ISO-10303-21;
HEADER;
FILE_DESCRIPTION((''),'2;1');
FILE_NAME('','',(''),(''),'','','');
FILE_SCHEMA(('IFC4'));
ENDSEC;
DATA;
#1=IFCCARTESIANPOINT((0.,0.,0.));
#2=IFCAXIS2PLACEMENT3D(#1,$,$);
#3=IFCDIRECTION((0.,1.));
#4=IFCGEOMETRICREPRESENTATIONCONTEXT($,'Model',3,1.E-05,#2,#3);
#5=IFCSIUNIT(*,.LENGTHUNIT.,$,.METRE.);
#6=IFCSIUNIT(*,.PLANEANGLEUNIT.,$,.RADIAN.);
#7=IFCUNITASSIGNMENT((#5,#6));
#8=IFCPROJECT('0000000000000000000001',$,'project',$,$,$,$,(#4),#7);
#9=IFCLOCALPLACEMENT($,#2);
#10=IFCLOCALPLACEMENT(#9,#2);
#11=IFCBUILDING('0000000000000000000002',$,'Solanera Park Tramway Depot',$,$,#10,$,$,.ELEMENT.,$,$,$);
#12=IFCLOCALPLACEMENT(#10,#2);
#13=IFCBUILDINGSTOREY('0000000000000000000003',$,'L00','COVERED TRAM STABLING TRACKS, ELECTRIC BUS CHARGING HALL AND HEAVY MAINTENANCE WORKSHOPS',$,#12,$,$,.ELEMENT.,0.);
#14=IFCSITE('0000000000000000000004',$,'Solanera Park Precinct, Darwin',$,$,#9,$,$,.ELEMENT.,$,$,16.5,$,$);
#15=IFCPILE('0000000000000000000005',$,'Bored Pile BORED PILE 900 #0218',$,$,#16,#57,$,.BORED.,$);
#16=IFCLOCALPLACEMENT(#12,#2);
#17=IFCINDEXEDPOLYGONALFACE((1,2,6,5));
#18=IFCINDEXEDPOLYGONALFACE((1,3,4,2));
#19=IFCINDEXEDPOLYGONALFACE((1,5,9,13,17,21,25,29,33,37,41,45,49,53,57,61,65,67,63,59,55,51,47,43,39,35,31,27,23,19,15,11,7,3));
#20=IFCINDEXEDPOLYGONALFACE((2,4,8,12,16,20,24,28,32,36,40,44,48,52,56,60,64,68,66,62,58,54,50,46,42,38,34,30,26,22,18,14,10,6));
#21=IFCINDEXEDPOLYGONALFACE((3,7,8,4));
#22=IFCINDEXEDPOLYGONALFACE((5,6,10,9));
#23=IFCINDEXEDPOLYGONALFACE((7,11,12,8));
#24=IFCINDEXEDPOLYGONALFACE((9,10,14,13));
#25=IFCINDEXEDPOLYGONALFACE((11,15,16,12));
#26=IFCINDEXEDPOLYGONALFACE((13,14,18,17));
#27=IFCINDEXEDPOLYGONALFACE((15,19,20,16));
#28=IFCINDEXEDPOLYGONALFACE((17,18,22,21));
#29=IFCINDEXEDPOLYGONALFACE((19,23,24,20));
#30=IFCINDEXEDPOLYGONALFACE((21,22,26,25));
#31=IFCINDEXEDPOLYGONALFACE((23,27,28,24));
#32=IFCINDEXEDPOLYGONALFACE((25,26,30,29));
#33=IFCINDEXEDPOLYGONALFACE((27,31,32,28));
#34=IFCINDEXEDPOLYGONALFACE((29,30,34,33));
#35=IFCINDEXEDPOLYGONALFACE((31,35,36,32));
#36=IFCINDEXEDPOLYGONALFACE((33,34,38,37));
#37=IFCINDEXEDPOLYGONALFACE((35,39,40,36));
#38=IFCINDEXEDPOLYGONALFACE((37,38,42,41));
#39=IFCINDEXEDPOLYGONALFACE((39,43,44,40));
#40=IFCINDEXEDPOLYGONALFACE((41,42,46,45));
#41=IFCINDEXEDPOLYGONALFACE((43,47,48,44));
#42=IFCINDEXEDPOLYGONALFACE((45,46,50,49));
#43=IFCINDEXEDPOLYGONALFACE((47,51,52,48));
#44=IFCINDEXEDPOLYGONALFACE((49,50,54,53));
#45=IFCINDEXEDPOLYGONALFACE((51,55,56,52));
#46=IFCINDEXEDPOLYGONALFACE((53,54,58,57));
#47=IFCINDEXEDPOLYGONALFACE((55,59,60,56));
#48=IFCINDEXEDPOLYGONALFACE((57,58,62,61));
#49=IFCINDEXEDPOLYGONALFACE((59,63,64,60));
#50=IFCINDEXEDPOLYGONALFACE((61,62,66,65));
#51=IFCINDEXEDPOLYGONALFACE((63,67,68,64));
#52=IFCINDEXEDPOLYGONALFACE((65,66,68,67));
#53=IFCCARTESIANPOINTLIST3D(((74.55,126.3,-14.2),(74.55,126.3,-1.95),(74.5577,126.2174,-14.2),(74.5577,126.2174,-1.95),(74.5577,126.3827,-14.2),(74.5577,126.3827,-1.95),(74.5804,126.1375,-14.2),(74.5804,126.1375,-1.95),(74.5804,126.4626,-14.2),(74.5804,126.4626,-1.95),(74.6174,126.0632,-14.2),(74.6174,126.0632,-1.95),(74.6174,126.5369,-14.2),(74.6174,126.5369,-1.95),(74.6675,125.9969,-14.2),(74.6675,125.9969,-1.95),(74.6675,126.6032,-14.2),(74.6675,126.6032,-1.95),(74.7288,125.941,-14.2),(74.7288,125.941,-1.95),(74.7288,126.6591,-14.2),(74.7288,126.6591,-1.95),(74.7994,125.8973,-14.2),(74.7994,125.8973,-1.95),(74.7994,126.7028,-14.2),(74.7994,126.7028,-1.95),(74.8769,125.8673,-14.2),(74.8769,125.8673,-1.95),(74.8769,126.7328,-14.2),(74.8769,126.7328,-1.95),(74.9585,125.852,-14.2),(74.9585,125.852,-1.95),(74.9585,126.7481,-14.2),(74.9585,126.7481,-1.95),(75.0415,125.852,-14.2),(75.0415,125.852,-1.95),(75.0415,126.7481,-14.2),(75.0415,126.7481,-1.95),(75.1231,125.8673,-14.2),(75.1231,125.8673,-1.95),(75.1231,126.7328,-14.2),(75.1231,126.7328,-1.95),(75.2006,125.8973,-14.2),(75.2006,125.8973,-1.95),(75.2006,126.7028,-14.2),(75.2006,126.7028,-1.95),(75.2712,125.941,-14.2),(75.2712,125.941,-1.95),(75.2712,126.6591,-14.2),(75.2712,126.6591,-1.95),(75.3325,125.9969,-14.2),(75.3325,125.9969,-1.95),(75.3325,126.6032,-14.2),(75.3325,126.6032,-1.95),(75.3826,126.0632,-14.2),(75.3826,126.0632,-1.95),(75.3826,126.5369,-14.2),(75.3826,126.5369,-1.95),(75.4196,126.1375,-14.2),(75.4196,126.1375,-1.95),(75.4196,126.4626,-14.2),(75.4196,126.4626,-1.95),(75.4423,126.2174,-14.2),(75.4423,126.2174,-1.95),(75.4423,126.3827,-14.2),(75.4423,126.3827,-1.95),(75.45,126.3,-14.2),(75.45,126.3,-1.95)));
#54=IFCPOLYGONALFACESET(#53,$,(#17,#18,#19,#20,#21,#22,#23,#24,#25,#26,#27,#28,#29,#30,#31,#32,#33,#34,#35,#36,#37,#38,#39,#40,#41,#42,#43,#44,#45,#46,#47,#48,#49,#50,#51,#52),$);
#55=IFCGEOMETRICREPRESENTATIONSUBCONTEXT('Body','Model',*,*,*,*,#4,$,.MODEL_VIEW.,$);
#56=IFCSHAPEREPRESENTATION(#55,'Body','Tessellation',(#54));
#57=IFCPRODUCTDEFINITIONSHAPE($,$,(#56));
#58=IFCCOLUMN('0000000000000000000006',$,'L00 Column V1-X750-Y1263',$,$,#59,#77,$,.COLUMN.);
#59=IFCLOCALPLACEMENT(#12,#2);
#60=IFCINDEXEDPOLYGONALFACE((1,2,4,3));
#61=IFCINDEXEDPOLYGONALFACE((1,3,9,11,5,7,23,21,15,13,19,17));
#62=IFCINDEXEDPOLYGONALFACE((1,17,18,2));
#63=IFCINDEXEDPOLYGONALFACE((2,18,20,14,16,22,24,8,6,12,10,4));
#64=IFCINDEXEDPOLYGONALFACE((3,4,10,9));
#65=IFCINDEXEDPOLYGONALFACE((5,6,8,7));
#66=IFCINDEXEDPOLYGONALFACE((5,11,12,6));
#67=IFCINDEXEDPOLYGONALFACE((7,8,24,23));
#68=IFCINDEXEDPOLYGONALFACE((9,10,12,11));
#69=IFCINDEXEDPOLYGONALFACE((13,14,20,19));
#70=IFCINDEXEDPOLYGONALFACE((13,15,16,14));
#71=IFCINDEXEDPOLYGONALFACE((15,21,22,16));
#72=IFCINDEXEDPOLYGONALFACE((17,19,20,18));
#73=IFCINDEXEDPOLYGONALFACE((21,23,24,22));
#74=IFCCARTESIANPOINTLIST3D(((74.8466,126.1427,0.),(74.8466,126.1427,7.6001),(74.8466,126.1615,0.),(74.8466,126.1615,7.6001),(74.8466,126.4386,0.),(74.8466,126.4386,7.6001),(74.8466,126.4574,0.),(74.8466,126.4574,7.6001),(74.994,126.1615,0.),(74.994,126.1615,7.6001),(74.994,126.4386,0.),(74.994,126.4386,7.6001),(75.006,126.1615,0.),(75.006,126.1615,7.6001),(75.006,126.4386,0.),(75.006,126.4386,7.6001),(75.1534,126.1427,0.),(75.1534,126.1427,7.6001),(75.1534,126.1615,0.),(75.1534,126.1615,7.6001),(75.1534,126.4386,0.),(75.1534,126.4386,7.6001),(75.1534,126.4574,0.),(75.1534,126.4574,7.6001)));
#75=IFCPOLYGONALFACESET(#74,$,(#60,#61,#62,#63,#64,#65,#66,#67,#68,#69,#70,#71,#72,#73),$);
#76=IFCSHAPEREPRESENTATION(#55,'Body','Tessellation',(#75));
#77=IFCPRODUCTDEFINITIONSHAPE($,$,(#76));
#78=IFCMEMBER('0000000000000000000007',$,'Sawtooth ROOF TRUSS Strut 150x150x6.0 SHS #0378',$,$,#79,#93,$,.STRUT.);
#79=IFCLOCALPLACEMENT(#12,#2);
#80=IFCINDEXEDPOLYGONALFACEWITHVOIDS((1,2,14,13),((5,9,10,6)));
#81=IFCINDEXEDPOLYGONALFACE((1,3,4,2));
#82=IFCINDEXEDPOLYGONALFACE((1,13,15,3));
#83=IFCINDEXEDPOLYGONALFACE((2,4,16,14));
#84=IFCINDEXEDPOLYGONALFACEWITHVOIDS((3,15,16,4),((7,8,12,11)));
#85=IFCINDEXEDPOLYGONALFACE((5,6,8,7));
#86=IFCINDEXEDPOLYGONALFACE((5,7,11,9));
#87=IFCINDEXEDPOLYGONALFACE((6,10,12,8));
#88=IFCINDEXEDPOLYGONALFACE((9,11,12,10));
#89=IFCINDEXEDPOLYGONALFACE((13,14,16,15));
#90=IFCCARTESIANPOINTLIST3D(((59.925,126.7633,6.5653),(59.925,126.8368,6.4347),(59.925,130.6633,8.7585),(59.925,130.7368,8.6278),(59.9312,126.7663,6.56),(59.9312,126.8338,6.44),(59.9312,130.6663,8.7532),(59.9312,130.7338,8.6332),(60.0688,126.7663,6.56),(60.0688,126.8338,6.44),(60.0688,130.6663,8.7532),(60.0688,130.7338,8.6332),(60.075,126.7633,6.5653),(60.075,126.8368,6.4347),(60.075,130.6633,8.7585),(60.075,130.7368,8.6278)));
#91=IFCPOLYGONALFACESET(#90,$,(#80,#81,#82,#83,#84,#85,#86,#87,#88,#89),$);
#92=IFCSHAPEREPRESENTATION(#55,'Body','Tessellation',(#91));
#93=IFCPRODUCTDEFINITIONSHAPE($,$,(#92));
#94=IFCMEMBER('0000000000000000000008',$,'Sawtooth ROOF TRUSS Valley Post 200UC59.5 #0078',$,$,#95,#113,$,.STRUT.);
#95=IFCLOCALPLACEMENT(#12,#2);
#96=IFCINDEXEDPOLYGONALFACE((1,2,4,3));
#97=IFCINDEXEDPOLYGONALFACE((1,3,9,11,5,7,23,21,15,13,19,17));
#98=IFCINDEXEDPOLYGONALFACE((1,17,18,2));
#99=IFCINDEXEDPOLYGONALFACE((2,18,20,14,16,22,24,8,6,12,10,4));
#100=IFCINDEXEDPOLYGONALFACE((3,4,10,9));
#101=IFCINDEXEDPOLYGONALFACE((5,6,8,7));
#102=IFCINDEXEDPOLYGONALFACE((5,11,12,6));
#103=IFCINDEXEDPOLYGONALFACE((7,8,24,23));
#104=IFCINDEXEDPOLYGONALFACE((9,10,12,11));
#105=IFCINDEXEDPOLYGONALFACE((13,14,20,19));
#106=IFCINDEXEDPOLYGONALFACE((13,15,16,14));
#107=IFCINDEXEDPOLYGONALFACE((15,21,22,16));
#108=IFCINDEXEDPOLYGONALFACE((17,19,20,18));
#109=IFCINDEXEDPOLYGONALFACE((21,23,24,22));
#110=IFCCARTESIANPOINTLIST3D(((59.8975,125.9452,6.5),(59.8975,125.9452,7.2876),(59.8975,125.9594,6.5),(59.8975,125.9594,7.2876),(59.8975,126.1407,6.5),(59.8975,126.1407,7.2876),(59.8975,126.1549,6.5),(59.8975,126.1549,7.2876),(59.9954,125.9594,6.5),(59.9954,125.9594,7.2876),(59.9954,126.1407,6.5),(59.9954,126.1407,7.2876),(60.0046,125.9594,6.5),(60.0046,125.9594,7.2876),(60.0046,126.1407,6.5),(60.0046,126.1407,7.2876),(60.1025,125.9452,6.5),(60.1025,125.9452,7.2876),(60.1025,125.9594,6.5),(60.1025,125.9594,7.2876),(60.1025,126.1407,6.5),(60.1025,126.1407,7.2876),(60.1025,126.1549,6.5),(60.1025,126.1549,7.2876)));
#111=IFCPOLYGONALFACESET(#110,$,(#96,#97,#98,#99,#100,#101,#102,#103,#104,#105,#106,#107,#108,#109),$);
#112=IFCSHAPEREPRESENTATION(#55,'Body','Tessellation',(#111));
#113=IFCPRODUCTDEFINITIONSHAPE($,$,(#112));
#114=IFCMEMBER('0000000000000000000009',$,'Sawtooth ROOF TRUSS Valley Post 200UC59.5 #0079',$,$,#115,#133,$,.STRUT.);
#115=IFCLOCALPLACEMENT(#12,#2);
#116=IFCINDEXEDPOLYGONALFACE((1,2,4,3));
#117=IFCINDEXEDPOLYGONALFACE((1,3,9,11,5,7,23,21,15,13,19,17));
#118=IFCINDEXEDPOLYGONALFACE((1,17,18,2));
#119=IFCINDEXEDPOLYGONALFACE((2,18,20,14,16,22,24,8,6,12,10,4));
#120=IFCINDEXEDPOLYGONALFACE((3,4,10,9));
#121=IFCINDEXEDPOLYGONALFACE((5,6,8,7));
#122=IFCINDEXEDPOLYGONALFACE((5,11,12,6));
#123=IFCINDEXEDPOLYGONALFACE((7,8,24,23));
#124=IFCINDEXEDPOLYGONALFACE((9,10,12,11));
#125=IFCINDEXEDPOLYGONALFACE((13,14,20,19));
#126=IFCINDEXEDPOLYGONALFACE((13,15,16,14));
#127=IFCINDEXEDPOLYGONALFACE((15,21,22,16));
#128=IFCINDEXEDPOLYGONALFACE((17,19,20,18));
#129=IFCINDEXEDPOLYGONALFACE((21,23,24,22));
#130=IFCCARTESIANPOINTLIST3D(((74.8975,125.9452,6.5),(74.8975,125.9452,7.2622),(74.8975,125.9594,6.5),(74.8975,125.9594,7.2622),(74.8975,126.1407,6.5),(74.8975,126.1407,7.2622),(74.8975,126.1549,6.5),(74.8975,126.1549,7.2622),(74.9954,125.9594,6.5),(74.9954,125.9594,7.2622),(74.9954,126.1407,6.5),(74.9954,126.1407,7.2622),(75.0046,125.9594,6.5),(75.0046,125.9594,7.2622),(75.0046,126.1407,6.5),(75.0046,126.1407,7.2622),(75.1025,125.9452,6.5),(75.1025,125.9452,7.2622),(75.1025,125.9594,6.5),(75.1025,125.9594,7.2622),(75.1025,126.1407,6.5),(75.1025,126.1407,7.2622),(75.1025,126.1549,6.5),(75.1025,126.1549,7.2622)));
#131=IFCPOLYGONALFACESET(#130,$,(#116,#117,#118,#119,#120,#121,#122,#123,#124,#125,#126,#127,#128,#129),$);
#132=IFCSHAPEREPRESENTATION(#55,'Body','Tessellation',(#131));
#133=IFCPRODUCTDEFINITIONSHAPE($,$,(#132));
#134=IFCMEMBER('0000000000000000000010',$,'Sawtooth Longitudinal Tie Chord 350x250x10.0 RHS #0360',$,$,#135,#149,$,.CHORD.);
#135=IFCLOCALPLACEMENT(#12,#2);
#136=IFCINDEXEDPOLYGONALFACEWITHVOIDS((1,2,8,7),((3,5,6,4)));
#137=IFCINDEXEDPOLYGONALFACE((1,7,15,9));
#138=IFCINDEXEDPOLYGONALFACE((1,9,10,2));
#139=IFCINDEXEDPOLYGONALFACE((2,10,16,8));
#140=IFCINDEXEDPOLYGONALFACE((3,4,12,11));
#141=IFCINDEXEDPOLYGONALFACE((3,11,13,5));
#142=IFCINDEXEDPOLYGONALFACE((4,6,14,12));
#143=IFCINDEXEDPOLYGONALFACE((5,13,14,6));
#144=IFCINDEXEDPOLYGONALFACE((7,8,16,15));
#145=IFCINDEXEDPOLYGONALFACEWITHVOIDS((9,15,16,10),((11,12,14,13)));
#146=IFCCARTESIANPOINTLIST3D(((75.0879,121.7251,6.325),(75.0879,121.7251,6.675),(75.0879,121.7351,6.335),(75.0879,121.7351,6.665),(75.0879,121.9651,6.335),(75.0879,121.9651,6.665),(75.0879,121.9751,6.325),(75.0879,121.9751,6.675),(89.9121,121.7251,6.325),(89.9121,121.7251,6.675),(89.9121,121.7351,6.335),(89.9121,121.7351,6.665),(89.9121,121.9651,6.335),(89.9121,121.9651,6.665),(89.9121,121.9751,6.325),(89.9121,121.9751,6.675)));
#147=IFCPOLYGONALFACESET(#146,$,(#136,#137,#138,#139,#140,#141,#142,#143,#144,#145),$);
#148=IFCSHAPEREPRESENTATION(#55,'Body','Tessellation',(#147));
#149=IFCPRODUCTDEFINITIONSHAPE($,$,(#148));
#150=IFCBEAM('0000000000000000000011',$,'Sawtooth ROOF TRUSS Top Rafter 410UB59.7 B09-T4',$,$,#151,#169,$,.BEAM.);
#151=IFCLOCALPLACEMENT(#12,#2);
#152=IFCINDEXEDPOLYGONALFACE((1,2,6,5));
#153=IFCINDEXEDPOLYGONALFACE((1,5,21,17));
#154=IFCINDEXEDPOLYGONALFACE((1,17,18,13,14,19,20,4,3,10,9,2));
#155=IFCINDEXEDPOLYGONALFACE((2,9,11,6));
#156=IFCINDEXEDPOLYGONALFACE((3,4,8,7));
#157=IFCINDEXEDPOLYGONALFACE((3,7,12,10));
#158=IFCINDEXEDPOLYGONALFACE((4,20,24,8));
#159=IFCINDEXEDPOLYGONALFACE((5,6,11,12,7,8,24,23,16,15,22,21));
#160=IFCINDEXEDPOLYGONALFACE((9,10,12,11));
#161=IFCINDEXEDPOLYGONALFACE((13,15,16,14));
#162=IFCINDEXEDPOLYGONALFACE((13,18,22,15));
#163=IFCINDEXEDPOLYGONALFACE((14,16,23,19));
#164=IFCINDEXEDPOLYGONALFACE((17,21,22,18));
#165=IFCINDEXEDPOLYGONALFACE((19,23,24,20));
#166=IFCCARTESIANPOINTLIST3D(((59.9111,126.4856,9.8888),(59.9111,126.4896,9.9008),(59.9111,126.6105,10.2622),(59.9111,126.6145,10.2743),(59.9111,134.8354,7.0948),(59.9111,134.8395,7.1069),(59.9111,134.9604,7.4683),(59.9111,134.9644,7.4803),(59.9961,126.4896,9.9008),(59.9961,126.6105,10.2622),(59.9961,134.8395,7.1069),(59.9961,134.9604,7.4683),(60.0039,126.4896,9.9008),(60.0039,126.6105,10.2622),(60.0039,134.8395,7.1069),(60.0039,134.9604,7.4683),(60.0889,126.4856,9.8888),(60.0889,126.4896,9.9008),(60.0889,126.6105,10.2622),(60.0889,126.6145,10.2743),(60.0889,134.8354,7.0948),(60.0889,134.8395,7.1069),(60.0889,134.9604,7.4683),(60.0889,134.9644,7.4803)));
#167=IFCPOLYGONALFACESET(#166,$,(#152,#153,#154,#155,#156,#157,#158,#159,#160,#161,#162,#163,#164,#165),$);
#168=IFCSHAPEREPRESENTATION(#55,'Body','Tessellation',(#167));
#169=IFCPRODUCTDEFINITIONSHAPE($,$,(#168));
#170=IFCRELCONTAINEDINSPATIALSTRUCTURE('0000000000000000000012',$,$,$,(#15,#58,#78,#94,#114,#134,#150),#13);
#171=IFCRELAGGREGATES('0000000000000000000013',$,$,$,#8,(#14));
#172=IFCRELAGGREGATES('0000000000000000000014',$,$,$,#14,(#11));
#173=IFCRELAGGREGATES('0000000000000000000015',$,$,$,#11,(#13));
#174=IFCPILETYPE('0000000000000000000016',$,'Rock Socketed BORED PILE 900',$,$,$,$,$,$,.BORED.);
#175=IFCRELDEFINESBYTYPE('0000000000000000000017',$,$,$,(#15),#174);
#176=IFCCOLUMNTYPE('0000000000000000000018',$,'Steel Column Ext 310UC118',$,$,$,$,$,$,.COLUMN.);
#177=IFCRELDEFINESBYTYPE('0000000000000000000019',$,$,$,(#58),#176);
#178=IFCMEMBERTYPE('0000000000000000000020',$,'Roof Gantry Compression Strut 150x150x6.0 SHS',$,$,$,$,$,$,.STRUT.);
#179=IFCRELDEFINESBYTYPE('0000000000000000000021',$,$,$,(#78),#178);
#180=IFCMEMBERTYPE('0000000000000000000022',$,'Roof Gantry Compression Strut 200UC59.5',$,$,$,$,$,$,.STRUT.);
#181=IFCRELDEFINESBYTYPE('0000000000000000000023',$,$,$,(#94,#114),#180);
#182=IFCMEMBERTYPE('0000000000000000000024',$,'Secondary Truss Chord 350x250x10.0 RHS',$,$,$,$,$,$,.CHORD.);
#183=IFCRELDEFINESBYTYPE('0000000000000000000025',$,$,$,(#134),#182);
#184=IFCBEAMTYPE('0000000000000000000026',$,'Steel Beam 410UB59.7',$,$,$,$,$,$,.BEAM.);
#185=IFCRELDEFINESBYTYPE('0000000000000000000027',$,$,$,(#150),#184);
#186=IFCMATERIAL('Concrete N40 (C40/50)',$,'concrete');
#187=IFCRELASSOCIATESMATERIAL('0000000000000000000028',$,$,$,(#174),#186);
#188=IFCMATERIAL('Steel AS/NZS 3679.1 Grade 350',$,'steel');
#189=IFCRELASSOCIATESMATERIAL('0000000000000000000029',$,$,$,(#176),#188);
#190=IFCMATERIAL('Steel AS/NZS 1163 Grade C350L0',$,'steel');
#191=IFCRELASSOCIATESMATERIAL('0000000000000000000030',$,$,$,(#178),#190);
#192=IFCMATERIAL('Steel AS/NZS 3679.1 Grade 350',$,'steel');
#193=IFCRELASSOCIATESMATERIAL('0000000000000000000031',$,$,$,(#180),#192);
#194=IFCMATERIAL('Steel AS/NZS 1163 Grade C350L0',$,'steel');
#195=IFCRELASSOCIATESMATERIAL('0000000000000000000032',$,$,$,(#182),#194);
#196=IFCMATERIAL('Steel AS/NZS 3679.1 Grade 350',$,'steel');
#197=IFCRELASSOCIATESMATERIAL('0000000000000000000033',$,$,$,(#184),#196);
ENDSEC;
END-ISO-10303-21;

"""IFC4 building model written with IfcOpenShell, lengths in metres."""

from ifc_helpers import new_model, si_unit, direction, frame, origin, origin_2d, place, context, subcontext, project, spatial, hollow_rectangle, circle, i_section, extrude, material, material_profile, profile_set, type_object, element, save


model = new_model("IFC4")

# Units and contexts
model_context = context("Model", 3, precision=1e-05, world=origin(), true_north=direction((0.0, 1.0)))
body_context = subcontext(model_context, "Body", "Model", "MODEL_VIEW")
ifc_project = project(units=[si_unit("LENGTHUNIT", "METRE"), si_unit("PLANEANGLEUNIT", "RADIAN")], contexts=[model_context])

# Site, building, storey
site_placement = place(None, origin())
site = spatial("IfcSite", under=ifc_project, at=site_placement, Name="Solanera Park Precinct, Darwin", CompositionType="ELEMENT", RefElevation=16.5)
building_placement = place(site_placement, origin())
building = spatial("IfcBuilding", under=site, at=building_placement, Name="Solanera Park Tramway Depot", CompositionType="ELEMENT")
storey_placement = place(building_placement, origin())
storey = spatial("IfcBuildingStorey", under=building, at=storey_placement, Name="L00", Description="COVERED TRAM STABLING TRACKS, ELECTRIC BUS CHARGING HALL AND HEAVY MAINTENANCE WORKSHOPS", CompositionType="ELEMENT", Elevation=0.0)

# Pile
ifc_material_1 = material(Name="Concrete N40 (C40/50)", Category="concrete")
ifc_material_profile_1 = material_profile(ifc_material_1, circle(Radius=0.45, at=origin_2d()), Name="BORED PILE 900")
ifc_profile_set_1 = profile_set([ifc_material_profile_1], Name="Concrete N40 (C40/50)")
pile_type = type_object("IfcPileType", Name="Rock Socketed BORED PILE 900", PredefinedType="BORED", material=ifc_profile_set_1)
pile_placement = place(storey_placement, frame((75.0, 126.3, -1.95), z_axis=(0.0, 0.0, -1.0), x_axis=(1.0, 0.0, 0.0)))
element("IfcPile", 1, at=pile_placement, inside=storey, type_object=pile_type, Name="Bored Pile BORED PILE 900 #0218", PredefinedType="BORED", context=body_context, shape_type="SweptSolid", body=[
    extrude(circle(Radius=0.45, at=origin_2d()), origin(), (0.0, 0.0, 1.0), 12.25),
])

# Column
ifc_material_2 = material(Name="Steel AS/NZS 3679.1 Grade 350", Category="steel")
ifc_material_profile_2 = material_profile(ifc_material_2, i_section(OverallWidth=0.3069, OverallDepth=0.3147, WebThickness=0.012, FlangeThickness=0.0188, at=origin_2d()), Name="310UC118")
ifc_profile_set_2 = profile_set([ifc_material_profile_2], Name="Steel AS/NZS 3679.1 Grade 350")
column_type = type_object("IfcColumnType", Name="Steel Column Ext 310UC118", PredefinedType="COLUMN", material=ifc_profile_set_2)
column_placement = place(storey_placement, frame((75.0, 126.3, 0.0), z_axis=(0.0, 0.0, 1.0), x_axis=(1.0, 0.0, 0.0)))
element("IfcColumn", 2, at=column_placement, inside=storey, type_object=column_type, Name="L00 Column V1-X750-Y1263", PredefinedType="COLUMN", context=body_context, shape_type="SweptSolid", body=[
    extrude(i_section(OverallWidth=0.3069, OverallDepth=0.3147, WebThickness=0.012, FlangeThickness=0.0188, at=origin_2d()), origin(), (0.0, 0.0, 1.0), 7.6001),
])

# Members
ifc_material_3 = material(Name="Steel AS/NZS 1163 Grade C350L0", Category="steel")
ifc_material_profile_3 = material_profile(ifc_material_3, hollow_rectangle(XDim=0.1499, YDim=0.1499, WallThickness=0.0061, at=origin_2d()), Name="150x150x6.0 SHS")
ifc_profile_set_3 = profile_set([ifc_material_profile_3], Name="Steel AS/NZS 1163 Grade C350L0")
member_type_1 = type_object("IfcMemberType", Name="Roof Gantry Compression Strut 150x150x6.0 SHS", PredefinedType="STRUT", material=ifc_profile_set_3)
member_1_placement = place(storey_placement, frame((60.0, 126.8, 6.5), z_axis=(0.0, 0.871631, 0.490163), x_axis=(-1.0, 0.0, 0.0)))
element("IfcMember", 3, at=member_1_placement, inside=storey, type_object=member_type_1, Name="Sawtooth ROOF TRUSS Strut 150x150x6.0 SHS #0378", PredefinedType="STRUT", context=body_context, shape_type="SweptSolid", body=[
    extrude(hollow_rectangle(XDim=0.1499, YDim=0.1499, WallThickness=0.0061, at=origin_2d()), origin(), (0.0, 0.0, 1.0), 4.4744),
])
ifc_material_4 = material(Name="Steel AS/NZS 3679.1 Grade 350", Category="steel")
ifc_material_profile_4 = material_profile(ifc_material_4, i_section(OverallWidth=0.2051, OverallDepth=0.2097, WebThickness=0.0093, FlangeThickness=0.0142, at=origin_2d()), Name="200UC59.5")
ifc_profile_set_4 = profile_set([ifc_material_profile_4], Name="Steel AS/NZS 3679.1 Grade 350")
member_type_2 = type_object("IfcMemberType", Name="Roof Gantry Compression Strut 200UC59.5", PredefinedType="STRUT", material=ifc_profile_set_4)
member_2_placement = place(storey_placement, frame((60.0, 126.05, 6.5), z_axis=(0.0, 0.0, 1.0), x_axis=(1.0, 0.0, 0.0)))
element("IfcMember", 4, at=member_2_placement, inside=storey, type_object=member_type_2, Name="Sawtooth ROOF TRUSS Valley Post 200UC59.5 #0078", PredefinedType="STRUT", context=body_context, shape_type="SweptSolid", body=[
    extrude(i_section(OverallWidth=0.2051, OverallDepth=0.2097, WebThickness=0.0093, FlangeThickness=0.0142, at=origin_2d()), origin(), (0.0, 0.0, 1.0), 0.7876),
])
member_3_placement = place(storey_placement, frame((75.0, 126.05, 6.5), z_axis=(0.0, 0.0, 1.0), x_axis=(1.0, 0.0, 0.0)))
element("IfcMember", 5, at=member_3_placement, inside=storey, type_object=member_type_2, Name="Sawtooth ROOF TRUSS Valley Post 200UC59.5 #0079", PredefinedType="STRUT", context=body_context, shape_type="SweptSolid", body=[
    extrude(i_section(OverallWidth=0.2051, OverallDepth=0.2097, WebThickness=0.0093, FlangeThickness=0.0142, at=origin_2d()), origin(), (0.0, 0.0, 1.0), 0.7622),
])
ifc_material_5 = material(Name="Steel AS/NZS 1163 Grade C350L0", Category="steel")
ifc_material_profile_5 = material_profile(ifc_material_5, hollow_rectangle(XDim=0.25, YDim=0.3501, WallThickness=0.01, at=origin_2d()), Name="350x250x10.0 RHS")
ifc_profile_set_5 = profile_set([ifc_material_profile_5], Name="Steel AS/NZS 1163 Grade C350L0")
member_type_3 = type_object("IfcMemberType", Name="Secondary Truss Chord 350x250x10.0 RHS", PredefinedType="CHORD", material=ifc_profile_set_5)
member_4_placement = place(storey_placement, frame((75.0879, 121.8501, 6.5), z_axis=(1.0, 0.0, 0.0), x_axis=(0.0, 1.0, 0.0)))
element("IfcMember", 6, at=member_4_placement, inside=storey, type_object=member_type_3, Name="Sawtooth Longitudinal Tie Chord 350x250x10.0 RHS #0360", PredefinedType="CHORD", context=body_context, shape_type="SweptSolid", body=[
    extrude(hollow_rectangle(XDim=0.25, YDim=0.3501, WallThickness=0.01, at=origin_2d()), origin(), (0.0, 0.0, 1.0), 14.8242),
])

# Beam
ifc_material_6 = material(Name="Steel AS/NZS 3679.1 Grade 350", Category="steel")
ifc_material_profile_6 = material_profile(ifc_material_6, i_section(OverallWidth=0.1777, OverallDepth=0.4065, WebThickness=0.0078, FlangeThickness=0.0127, at=origin_2d()), Name="410UB59.7")
ifc_profile_set_6 = profile_set([ifc_material_profile_6], Name="Steel AS/NZS 3679.1 Grade 350")
beam_type_1 = type_object("IfcBeamType", Name="Steel Beam 410UB59.7", PredefinedType="BEAM", material=ifc_profile_set_6)
beam_1_placement = place(storey_placement, frame((60.0, 126.55, 10.0815), z_axis=(0.0, 0.948319, -0.317317), x_axis=(-1.0, 0.0, 0.0)))
element("IfcBeam", 7, at=beam_1_placement, inside=storey, type_object=beam_type_1, Name="Sawtooth ROOF TRUSS Top Rafter 410UB59.7 B09-T4", PredefinedType="BEAM", context=body_context, shape_type="SweptSolid", body=[
    extrude(i_section(OverallWidth=0.1777, OverallDepth=0.4065, WebThickness=0.0078, FlangeThickness=0.0127, at=origin_2d()), origin(), (0.0, 0.0, 1.0), 8.8049),
])

save(model, "model.ifc")
